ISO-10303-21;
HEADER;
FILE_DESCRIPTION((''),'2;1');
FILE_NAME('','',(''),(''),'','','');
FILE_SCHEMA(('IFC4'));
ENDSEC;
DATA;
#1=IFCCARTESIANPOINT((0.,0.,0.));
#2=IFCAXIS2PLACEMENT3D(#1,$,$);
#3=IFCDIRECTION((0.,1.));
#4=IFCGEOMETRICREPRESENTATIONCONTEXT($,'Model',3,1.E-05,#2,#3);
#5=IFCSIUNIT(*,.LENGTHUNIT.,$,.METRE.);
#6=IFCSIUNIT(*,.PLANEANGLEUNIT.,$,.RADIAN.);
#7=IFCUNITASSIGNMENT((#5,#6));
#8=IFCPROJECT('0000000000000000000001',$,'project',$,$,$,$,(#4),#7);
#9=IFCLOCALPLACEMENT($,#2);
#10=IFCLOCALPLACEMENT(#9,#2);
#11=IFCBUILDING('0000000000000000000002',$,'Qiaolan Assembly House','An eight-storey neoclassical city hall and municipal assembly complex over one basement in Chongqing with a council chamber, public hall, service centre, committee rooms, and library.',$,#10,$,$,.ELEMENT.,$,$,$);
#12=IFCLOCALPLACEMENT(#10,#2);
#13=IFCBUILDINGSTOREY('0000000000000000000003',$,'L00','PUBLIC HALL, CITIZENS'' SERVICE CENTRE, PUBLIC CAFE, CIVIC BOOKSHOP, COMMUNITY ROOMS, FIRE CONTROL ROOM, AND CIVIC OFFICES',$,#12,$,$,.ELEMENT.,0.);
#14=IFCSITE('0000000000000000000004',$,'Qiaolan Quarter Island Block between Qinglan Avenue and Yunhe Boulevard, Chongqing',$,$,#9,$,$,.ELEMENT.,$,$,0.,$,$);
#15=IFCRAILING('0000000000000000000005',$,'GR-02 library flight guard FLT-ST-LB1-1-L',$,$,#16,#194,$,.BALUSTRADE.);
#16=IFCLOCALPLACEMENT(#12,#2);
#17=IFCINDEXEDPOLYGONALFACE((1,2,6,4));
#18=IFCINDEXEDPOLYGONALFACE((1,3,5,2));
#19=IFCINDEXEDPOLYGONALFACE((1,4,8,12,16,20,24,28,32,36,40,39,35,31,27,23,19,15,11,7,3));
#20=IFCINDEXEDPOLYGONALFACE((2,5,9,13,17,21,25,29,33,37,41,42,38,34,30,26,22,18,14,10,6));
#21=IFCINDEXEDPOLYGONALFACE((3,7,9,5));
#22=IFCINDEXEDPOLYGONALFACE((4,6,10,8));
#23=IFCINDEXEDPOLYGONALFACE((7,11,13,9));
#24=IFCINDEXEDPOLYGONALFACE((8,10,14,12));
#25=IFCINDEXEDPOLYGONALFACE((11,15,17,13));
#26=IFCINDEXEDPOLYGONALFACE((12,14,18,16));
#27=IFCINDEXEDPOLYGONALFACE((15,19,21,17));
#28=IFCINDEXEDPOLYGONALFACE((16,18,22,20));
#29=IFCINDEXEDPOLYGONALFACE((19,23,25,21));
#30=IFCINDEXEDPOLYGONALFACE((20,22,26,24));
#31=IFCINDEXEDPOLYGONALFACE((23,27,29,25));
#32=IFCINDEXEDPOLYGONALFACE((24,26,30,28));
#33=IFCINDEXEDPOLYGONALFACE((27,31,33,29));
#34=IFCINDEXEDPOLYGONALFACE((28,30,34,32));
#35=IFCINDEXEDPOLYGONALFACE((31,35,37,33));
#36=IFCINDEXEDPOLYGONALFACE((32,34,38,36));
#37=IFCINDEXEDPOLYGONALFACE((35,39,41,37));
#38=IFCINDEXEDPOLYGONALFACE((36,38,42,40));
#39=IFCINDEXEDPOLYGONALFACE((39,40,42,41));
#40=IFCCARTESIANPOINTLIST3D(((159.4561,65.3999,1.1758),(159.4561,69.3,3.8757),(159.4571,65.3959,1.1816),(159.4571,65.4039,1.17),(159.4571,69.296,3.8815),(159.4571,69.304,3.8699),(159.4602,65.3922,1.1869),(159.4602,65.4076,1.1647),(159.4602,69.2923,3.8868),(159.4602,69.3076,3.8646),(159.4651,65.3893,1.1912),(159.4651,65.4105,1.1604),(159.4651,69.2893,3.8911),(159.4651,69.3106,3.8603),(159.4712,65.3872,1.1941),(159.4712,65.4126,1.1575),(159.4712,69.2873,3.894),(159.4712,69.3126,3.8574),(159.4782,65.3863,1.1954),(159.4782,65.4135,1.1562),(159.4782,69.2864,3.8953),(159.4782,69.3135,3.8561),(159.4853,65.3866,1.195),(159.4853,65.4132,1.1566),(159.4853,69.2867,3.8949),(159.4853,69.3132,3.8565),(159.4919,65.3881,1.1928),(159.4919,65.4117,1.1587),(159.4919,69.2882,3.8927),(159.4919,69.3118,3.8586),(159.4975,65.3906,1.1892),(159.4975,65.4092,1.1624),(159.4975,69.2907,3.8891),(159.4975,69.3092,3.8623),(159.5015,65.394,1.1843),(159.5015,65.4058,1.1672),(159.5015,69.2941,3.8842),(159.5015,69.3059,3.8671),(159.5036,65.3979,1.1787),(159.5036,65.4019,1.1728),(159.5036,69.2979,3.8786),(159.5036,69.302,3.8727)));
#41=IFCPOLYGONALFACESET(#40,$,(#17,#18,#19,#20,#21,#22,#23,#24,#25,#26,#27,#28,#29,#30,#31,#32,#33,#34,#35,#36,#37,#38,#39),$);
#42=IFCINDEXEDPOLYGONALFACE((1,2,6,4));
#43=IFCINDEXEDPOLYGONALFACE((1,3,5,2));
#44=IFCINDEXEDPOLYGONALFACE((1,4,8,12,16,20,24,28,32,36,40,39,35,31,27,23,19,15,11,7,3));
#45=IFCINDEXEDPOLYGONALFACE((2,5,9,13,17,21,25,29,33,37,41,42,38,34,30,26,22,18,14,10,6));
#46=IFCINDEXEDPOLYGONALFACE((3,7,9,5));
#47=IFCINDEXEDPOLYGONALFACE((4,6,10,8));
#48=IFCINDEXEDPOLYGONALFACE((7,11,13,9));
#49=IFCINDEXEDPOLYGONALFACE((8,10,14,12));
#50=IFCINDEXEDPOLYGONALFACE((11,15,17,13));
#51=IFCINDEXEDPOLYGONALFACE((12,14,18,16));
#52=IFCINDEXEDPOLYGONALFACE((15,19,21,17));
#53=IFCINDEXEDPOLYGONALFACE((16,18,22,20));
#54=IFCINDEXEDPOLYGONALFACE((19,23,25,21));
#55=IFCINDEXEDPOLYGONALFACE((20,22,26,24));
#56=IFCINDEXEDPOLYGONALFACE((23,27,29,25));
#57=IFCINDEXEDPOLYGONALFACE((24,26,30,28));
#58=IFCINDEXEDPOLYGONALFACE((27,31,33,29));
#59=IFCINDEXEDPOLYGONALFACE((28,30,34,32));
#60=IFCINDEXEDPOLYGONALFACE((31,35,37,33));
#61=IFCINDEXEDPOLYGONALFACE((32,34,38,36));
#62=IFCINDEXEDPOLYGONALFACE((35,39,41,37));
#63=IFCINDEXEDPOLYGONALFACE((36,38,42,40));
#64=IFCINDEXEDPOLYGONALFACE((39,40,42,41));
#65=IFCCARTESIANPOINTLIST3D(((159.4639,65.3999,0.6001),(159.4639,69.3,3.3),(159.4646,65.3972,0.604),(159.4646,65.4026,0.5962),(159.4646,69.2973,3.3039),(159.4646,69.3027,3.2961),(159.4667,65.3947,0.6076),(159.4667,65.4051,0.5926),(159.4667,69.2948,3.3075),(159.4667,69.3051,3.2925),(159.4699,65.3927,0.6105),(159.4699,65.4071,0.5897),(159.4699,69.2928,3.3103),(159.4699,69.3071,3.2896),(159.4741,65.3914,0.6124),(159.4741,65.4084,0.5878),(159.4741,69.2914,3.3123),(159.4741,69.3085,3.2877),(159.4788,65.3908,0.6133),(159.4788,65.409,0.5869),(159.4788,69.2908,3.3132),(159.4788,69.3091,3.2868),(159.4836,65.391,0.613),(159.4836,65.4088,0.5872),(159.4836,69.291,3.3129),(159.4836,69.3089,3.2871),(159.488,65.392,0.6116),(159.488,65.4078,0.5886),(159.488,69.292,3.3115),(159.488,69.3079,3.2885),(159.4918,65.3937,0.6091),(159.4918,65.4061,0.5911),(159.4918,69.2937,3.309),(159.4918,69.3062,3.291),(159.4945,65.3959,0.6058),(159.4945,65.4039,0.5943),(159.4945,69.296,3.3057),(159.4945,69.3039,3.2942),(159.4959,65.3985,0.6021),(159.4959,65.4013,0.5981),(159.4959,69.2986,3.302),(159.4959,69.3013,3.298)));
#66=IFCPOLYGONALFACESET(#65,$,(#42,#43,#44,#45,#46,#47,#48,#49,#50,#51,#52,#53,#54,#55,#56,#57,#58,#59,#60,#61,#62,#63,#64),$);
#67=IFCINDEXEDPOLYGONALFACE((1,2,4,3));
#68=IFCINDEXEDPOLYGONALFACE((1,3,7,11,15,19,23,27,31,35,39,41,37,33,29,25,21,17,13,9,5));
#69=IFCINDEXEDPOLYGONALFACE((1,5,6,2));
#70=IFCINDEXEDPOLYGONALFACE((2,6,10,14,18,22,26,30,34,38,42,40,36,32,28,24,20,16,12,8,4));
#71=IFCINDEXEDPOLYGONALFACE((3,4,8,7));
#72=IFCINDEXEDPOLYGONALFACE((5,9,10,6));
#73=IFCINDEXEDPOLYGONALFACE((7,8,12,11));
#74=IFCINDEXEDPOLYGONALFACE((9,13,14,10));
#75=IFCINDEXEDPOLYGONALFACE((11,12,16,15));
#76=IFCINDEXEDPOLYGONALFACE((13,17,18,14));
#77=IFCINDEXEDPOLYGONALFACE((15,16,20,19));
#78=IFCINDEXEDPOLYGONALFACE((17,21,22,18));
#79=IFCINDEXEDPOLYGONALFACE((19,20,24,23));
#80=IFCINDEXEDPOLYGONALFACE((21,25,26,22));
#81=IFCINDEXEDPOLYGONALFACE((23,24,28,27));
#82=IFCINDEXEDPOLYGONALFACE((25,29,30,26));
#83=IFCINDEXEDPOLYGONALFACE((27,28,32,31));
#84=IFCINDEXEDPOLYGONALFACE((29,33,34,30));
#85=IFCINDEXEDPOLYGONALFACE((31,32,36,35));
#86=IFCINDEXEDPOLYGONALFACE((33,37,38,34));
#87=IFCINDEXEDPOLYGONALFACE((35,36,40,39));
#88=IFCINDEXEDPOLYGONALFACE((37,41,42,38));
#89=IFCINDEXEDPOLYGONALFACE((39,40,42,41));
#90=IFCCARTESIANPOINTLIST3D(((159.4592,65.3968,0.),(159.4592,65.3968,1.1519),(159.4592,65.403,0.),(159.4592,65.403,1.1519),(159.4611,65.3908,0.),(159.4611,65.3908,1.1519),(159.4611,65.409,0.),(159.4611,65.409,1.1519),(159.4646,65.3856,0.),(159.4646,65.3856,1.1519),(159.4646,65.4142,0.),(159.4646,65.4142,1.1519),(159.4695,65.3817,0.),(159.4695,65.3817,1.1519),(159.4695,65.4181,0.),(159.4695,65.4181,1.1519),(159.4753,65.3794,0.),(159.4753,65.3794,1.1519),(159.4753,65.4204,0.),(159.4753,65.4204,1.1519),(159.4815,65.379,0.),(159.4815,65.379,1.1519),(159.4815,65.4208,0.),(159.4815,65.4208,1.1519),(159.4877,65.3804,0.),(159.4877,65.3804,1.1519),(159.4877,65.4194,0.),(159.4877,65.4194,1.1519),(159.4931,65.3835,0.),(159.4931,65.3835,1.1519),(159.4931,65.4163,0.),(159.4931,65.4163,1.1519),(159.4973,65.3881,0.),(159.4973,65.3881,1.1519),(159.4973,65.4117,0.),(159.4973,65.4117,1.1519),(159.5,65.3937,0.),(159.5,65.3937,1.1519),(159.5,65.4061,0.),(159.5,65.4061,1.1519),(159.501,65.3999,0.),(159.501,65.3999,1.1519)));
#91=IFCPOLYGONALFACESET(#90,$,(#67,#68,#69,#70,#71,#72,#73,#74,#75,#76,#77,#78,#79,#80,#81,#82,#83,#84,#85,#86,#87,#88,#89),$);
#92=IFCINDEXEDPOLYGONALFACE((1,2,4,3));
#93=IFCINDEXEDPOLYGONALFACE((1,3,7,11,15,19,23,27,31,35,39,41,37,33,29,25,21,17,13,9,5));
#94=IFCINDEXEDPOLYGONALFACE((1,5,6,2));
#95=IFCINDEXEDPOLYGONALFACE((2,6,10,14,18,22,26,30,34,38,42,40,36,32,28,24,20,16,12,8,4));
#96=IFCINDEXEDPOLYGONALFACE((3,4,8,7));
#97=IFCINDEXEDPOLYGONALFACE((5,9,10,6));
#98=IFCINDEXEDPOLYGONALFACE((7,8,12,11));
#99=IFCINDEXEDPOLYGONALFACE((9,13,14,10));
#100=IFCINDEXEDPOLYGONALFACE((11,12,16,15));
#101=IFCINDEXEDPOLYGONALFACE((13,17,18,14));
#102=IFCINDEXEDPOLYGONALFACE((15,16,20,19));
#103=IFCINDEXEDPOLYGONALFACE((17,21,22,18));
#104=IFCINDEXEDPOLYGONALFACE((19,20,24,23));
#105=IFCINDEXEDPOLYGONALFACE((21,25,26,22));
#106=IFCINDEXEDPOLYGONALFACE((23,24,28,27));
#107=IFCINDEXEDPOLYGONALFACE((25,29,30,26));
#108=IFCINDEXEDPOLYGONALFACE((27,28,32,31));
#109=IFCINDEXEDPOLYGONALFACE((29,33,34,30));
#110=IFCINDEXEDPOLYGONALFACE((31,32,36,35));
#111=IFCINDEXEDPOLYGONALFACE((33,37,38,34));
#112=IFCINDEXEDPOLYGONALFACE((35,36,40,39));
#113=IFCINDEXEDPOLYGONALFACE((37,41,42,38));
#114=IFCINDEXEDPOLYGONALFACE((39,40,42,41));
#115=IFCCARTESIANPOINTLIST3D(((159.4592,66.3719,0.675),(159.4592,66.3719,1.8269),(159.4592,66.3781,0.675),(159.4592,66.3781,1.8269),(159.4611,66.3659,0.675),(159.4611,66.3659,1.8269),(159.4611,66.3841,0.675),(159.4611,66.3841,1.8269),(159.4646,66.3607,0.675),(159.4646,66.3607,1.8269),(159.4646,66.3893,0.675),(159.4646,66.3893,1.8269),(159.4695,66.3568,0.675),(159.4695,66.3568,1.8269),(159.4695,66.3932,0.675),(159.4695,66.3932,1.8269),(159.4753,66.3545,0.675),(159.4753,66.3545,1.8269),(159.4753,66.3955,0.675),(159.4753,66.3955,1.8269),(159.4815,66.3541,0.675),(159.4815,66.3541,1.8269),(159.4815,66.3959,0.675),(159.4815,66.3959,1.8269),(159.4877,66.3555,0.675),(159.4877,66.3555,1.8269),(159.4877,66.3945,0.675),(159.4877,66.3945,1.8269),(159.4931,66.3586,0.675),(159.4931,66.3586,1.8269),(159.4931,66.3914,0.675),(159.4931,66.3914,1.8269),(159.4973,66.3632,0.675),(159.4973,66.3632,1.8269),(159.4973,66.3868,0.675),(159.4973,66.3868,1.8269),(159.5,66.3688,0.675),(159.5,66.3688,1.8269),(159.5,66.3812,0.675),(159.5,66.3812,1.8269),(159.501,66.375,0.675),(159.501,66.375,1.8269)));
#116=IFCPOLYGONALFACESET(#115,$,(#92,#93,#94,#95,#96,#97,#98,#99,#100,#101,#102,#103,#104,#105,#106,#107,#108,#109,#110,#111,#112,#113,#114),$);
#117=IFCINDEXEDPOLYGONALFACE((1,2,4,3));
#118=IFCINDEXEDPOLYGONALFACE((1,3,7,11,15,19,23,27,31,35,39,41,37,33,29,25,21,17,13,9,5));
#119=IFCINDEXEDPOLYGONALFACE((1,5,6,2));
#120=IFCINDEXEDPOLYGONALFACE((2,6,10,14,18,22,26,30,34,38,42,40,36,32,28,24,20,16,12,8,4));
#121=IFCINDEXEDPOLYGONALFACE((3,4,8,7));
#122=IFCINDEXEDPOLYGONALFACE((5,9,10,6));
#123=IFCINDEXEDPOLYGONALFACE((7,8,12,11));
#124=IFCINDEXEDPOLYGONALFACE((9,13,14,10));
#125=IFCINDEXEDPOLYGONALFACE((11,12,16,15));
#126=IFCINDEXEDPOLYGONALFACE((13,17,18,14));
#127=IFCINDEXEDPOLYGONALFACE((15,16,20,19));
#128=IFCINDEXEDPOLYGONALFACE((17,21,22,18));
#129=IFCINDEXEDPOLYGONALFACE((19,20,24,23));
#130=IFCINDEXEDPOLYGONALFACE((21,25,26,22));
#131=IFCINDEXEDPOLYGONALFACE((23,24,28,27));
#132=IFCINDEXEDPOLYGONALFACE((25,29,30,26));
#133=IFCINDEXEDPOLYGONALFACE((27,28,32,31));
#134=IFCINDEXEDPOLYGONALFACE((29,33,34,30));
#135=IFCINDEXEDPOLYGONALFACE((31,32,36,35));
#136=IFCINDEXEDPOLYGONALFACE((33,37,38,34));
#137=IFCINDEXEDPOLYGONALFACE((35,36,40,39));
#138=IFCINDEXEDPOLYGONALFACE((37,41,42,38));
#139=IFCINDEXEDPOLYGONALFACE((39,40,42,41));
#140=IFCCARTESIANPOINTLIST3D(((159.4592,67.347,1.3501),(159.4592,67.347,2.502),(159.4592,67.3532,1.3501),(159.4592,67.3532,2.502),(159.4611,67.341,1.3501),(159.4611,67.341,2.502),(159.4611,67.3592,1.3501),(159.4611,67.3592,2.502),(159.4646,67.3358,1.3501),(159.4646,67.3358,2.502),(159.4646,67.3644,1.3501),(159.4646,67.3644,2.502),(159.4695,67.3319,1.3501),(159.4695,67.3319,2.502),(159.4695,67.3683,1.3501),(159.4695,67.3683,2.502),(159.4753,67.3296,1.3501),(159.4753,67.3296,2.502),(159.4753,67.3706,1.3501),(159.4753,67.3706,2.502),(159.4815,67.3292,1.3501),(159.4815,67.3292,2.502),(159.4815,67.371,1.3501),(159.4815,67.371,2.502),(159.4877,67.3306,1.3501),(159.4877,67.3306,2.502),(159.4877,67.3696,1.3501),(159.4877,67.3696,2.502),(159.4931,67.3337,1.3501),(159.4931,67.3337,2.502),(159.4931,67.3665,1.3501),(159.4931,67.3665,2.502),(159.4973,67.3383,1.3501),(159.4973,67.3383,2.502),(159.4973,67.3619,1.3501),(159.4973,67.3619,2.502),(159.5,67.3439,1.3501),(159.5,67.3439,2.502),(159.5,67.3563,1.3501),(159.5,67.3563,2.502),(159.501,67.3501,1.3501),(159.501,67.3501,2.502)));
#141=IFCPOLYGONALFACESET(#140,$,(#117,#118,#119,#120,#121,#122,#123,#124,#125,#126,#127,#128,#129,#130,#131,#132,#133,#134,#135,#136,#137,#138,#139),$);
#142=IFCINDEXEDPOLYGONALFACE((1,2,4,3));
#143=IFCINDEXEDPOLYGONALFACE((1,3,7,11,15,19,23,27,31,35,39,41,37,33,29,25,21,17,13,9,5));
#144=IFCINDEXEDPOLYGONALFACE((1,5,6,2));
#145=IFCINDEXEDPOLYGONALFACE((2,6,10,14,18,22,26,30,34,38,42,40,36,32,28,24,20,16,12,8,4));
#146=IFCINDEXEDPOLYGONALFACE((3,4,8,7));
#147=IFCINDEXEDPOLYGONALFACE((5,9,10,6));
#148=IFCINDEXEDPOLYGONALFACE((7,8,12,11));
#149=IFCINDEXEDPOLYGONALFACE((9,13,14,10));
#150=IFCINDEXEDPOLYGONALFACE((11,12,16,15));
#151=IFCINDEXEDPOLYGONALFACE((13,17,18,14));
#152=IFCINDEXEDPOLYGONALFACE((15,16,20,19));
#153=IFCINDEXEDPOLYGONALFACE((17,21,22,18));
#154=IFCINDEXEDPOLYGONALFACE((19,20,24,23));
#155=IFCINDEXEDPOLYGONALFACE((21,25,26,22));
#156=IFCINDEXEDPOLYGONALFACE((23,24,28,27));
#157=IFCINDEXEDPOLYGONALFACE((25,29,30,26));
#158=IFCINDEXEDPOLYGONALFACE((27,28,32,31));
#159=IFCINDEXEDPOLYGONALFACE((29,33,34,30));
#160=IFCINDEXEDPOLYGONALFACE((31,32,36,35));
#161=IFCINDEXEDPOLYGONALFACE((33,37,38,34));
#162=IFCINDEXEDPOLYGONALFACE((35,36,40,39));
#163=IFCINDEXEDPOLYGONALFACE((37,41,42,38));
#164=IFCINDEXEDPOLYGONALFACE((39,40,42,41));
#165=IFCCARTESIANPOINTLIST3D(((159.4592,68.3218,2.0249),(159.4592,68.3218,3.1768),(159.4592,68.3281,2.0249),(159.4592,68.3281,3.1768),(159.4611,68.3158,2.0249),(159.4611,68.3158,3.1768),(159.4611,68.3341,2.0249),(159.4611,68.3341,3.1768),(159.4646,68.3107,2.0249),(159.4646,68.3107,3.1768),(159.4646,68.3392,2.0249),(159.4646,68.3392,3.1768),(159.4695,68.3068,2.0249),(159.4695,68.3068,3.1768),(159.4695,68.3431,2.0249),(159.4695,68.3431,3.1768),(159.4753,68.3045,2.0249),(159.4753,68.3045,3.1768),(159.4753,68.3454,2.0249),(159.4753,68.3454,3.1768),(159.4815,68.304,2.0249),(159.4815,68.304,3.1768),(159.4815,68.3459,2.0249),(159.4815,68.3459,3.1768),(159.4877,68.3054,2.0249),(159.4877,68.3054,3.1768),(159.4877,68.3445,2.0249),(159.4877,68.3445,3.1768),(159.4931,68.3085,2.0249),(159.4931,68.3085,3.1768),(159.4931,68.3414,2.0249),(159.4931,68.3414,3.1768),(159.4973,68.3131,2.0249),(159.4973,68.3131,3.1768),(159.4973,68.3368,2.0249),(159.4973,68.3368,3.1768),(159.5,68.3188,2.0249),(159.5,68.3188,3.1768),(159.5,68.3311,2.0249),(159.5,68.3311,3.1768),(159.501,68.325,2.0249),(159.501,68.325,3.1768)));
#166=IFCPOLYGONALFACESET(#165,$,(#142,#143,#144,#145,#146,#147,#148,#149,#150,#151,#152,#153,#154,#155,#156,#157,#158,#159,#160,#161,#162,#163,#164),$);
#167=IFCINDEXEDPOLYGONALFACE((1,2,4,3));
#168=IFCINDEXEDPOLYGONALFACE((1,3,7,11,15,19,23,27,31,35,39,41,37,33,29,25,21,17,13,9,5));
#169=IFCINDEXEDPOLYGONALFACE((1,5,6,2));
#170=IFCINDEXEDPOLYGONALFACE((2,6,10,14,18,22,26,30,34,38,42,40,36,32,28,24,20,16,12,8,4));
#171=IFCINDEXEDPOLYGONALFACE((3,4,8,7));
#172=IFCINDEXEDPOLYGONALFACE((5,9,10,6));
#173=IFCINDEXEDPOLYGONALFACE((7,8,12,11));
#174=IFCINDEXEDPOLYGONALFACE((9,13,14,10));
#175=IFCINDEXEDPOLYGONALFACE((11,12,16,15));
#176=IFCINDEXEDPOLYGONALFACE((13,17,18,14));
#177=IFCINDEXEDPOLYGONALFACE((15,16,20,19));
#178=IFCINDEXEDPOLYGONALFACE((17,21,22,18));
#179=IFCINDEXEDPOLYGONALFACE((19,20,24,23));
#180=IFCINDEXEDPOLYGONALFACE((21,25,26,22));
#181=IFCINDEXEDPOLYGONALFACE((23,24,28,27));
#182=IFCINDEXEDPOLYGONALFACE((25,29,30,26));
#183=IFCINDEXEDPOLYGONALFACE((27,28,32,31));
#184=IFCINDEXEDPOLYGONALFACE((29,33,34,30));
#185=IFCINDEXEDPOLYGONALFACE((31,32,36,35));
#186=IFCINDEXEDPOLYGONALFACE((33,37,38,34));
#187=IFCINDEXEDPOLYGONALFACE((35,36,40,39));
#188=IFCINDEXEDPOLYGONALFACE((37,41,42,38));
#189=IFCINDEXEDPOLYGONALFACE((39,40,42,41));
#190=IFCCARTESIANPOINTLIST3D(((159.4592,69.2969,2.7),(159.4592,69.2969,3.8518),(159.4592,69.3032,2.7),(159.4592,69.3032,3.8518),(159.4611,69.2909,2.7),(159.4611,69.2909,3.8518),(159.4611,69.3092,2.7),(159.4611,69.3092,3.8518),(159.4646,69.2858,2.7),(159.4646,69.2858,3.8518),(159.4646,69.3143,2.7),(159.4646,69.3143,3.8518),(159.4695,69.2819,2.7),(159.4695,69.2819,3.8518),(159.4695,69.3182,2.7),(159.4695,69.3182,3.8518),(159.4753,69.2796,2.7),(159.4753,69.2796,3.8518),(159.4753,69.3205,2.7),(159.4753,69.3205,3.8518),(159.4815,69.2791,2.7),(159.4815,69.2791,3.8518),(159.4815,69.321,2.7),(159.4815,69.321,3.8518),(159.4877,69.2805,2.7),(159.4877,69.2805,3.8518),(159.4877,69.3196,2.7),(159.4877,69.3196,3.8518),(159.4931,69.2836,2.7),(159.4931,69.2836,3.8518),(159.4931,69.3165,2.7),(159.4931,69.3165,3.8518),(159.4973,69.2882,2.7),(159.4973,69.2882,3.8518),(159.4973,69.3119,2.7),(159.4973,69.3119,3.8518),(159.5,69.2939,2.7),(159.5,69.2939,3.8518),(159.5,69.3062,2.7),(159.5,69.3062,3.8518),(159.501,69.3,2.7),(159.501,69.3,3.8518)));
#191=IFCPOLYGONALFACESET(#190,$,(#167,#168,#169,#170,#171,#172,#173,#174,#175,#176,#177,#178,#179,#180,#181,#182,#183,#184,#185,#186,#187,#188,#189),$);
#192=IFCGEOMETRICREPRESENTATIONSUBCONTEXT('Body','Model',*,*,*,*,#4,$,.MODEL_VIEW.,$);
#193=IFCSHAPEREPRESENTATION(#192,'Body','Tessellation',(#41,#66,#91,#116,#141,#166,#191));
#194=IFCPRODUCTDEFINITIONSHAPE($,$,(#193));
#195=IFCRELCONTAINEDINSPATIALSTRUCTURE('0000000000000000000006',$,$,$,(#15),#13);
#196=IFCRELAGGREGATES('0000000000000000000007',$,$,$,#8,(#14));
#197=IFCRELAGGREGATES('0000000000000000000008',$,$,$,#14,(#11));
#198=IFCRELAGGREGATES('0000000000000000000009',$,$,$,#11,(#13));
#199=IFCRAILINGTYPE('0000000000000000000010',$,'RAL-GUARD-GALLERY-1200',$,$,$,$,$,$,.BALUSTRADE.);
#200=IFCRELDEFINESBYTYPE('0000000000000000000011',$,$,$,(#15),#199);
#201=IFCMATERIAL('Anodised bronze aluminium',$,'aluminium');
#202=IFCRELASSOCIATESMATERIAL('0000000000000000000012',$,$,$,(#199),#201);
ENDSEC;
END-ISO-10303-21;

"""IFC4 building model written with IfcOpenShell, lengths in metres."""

from ifc_helpers import new_model, si_unit, direction, frame, origin, origin_2d, place, context, subcontext, project, spatial, circle, extrude, material, type_object, element, save


model = new_model("IFC4")

# Units and contexts
model_context = context("Model", 3, precision=1e-05, world=origin(), true_north=direction((0.0, 1.0)))
body_context = subcontext(model_context, "Body", "Model", "MODEL_VIEW")
ifc_project = project(units=[si_unit("LENGTHUNIT", "METRE"), si_unit("PLANEANGLEUNIT", "RADIAN")], contexts=[model_context])

# Site, building, storey
site_placement = place(None, origin())
site = spatial("IfcSite", under=ifc_project, at=site_placement, Name="Qiaolan Quarter Island Block between Qinglan Avenue and Yunhe Boulevard, Chongqing", CompositionType="ELEMENT", RefElevation=0.0)
building_placement = place(site_placement, origin())
building = spatial("IfcBuilding", under=site, at=building_placement, Name="Qiaolan Assembly House", Description="An eight-storey neoclassical city hall and municipal assembly complex over one basement in Chongqing with a council chamber, public hall, service centre, committee rooms, and library.", CompositionType="ELEMENT")
storey_placement = place(building_placement, origin())
storey = spatial("IfcBuildingStorey", under=building, at=storey_placement, Name="L00", Description="PUBLIC HALL, CITIZENS' SERVICE CENTRE, PUBLIC CAFE, CIVIC BOOKSHOP, COMMUNITY ROOMS, FIRE CONTROL ROOM, AND CIVIC OFFICES", CompositionType="ELEMENT", Elevation=0.0)

# Railing
ifc_material_1 = material(Name="Anodised bronze aluminium", Category="aluminium")
railing_type = type_object("IfcRailingType", Name="RAL-GUARD-GALLERY-1200", PredefinedType="BALUSTRADE", material=ifc_material_1)
for number, where, name in (
    (1, (159.48, 65.3999, 0.0), "GR-02 library flight guard FLT-ST-LB1-1-L"),
):
    element("IfcRailing", number, at=place(storey_placement, frame(where)), inside=storey, type_object=railing_type, Name=name, PredefinedType="BALUSTRADE", context=body_context, shape_type="SweptSolid", body=[
        extrude(circle(Radius=0.0239, at=origin_2d()), frame((0.0, 0.0, 1.1758), z_axis=(0.0, 0.822207, 0.569189), x_axis=(-1.0, 0.0, 0.0)), (0.0, 0.0, 1.0), 4.7434),
        extrude(circle(Radius=0.0161, at=origin_2d()), frame((0.0, 0.0, 0.6001), z_axis=(0.0, 0.822207, 0.569189), x_axis=(-1.0, 0.0, 0.0)), (0.0, 0.0, 1.0), 4.7434),
        extrude(circle(Radius=0.021, at=origin_2d()), origin(), (0.0, 0.0, 1.0), 1.1519),
        extrude(circle(Radius=0.021, at=origin_2d()), frame((0.0, 0.9751, 0.675)), (0.0, 0.0, 1.0), 1.1519),
        extrude(circle(Radius=0.021, at=origin_2d()), frame((0.0, 1.9502, 1.3501)), (0.0, 0.0, 1.0), 1.1519),
        extrude(circle(Radius=0.021, at=origin_2d()), frame((0.0, 2.925, 2.0249)), (0.0, 0.0, 1.0), 1.1519),
        extrude(circle(Radius=0.021, at=origin_2d()), frame((0.0, 3.9001, 2.7)), (0.0, 0.0, 1.0), 1.1519),
    ])

save(model, "model.ifc")
